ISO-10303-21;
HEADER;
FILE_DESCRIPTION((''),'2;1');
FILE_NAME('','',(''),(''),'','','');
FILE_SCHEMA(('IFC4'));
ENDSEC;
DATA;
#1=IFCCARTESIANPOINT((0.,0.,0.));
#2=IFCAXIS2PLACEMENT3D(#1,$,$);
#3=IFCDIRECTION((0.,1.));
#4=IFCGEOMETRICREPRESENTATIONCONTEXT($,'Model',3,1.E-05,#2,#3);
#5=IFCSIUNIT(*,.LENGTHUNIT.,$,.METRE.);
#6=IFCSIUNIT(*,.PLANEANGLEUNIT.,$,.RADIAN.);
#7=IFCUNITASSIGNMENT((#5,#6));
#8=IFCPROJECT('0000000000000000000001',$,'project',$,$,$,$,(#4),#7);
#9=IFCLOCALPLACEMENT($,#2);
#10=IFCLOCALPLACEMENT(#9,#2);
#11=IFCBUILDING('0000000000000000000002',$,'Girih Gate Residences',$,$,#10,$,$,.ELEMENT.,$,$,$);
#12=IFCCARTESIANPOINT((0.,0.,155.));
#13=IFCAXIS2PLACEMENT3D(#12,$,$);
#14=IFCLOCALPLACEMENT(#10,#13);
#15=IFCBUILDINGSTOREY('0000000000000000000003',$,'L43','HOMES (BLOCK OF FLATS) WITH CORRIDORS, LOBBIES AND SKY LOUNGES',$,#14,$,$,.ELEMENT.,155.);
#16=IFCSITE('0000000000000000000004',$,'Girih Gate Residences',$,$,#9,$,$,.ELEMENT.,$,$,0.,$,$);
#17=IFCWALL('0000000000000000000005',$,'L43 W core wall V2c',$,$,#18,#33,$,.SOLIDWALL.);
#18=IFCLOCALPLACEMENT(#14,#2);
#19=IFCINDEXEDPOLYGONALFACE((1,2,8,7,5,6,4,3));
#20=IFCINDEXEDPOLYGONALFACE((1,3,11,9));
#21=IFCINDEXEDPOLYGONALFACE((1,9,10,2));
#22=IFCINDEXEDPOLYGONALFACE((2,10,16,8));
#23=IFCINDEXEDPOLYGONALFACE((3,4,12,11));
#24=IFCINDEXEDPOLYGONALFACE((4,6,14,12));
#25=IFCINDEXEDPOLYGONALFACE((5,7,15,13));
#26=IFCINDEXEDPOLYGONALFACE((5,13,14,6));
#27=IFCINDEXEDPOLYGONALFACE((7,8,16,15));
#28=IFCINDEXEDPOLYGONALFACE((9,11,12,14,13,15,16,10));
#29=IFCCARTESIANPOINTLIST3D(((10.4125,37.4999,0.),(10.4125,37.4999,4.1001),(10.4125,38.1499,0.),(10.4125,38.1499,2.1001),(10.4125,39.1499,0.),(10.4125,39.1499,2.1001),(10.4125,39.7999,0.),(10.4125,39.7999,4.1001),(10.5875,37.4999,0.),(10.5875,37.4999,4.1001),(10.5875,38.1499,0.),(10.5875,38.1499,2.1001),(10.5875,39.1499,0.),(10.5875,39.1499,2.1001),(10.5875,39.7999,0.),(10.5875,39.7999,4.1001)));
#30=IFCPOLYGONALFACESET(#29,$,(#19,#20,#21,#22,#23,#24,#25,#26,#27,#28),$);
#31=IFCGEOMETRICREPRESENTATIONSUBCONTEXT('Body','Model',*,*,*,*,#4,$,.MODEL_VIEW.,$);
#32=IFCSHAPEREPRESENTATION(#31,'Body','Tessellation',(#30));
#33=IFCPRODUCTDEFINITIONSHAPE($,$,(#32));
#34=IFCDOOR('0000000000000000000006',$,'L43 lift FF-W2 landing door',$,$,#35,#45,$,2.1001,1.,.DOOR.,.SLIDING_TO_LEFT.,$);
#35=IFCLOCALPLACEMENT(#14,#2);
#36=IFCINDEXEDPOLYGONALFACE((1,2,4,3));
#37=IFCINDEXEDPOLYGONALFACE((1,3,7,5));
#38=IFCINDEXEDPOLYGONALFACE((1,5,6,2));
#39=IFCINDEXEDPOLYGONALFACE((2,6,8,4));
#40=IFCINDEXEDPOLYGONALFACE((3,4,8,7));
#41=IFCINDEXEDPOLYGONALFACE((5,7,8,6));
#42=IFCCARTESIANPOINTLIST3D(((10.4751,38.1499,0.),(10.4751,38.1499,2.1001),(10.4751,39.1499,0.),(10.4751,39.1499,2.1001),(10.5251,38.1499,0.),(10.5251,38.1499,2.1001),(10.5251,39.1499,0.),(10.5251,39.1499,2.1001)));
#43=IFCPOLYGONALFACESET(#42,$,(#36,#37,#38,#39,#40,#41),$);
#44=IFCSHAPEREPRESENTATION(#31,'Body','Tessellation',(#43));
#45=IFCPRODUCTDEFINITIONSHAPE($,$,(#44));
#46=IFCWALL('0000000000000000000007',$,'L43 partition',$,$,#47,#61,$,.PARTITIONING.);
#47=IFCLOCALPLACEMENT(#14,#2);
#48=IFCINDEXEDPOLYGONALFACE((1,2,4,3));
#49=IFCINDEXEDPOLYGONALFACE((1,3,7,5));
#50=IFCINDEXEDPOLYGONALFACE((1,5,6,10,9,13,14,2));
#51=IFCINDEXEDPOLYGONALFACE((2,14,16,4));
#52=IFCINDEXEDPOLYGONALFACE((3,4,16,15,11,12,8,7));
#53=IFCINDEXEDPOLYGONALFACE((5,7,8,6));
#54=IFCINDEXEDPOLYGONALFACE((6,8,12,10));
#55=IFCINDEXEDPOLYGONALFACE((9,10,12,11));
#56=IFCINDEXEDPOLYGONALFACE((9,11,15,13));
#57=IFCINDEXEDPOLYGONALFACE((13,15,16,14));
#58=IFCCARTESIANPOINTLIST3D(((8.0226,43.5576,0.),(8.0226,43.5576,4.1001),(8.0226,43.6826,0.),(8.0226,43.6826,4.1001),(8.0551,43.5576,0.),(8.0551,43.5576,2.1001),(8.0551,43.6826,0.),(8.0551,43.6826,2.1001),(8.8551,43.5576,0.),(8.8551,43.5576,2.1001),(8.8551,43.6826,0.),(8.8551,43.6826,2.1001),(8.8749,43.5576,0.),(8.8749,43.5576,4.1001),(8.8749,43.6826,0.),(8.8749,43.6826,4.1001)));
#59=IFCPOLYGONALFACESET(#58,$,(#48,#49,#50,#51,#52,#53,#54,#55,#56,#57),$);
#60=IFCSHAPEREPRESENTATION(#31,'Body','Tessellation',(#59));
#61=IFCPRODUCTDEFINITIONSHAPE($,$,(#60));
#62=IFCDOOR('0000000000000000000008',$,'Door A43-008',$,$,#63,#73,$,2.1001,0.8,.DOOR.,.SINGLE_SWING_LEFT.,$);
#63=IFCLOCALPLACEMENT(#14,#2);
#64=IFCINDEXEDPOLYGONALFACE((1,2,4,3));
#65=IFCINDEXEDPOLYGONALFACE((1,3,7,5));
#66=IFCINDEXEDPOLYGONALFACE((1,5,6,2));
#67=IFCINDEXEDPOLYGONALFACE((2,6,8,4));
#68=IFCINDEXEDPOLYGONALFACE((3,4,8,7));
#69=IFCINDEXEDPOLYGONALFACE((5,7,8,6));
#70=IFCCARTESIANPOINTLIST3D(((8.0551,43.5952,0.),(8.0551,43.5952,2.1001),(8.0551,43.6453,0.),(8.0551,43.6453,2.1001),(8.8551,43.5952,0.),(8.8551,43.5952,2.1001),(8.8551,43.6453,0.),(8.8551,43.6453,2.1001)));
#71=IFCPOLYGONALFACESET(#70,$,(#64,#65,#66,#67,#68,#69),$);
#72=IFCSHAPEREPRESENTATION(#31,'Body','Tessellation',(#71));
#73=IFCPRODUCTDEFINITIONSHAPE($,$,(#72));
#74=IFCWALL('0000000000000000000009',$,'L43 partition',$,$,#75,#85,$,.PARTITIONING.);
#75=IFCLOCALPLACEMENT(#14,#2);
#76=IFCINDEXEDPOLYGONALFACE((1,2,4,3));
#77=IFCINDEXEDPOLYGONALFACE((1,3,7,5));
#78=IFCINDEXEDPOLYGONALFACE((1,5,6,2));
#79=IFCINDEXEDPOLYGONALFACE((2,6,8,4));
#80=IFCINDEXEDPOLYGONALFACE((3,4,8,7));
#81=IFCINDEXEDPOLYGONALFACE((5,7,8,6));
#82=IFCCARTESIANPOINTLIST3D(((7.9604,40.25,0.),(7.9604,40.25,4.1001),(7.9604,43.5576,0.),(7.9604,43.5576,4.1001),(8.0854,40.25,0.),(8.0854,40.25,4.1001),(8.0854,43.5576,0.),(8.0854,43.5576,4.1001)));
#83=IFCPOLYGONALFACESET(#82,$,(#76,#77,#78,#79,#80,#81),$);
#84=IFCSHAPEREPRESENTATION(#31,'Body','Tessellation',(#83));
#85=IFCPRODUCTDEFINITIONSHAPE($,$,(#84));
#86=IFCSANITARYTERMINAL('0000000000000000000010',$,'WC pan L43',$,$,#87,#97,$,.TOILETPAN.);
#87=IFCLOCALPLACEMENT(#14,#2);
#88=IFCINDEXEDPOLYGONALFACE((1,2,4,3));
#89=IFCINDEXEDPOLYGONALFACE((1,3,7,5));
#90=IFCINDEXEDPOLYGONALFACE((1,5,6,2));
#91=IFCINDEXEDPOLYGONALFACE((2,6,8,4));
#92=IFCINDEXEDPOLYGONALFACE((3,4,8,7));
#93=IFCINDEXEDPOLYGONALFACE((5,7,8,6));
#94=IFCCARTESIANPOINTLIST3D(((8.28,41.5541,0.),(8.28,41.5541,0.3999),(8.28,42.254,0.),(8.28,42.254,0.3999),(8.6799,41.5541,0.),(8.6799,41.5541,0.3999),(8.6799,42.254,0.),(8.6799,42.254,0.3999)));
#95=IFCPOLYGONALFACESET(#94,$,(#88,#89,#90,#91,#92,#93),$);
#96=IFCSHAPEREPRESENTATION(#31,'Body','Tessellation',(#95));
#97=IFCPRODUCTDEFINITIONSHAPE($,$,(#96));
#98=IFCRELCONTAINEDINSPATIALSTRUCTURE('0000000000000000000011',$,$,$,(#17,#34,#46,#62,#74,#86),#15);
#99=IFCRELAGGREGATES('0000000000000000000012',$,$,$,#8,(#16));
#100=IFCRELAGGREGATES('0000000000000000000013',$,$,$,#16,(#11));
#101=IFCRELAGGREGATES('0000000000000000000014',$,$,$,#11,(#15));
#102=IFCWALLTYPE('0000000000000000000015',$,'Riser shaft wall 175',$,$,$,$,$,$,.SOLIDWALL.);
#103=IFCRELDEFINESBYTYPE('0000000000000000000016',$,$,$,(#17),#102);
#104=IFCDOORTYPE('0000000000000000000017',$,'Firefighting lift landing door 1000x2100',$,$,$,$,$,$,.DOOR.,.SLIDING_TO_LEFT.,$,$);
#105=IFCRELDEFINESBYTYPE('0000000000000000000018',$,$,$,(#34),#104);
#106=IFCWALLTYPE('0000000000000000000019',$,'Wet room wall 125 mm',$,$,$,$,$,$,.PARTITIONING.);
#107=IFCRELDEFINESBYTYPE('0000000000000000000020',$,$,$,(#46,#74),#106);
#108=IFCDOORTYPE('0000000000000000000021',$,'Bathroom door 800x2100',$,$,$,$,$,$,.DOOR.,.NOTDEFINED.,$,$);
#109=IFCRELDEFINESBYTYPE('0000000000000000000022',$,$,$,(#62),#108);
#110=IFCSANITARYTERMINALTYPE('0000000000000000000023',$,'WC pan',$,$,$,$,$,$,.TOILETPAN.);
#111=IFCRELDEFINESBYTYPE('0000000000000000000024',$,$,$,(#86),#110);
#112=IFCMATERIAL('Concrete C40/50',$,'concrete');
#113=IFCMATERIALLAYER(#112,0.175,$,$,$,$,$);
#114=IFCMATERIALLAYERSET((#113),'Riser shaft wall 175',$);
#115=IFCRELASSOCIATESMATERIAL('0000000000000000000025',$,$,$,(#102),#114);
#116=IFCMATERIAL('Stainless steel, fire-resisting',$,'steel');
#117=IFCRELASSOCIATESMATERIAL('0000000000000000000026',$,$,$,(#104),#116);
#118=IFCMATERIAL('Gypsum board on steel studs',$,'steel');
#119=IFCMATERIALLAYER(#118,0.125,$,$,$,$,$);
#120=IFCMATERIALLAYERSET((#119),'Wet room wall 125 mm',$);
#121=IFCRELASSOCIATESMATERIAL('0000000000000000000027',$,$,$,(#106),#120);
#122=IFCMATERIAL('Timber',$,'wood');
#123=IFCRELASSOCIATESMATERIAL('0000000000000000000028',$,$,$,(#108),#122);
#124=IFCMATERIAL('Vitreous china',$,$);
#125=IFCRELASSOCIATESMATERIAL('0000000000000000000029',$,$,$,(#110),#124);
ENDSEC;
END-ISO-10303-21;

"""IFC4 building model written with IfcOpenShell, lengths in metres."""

from ifc_helpers import new_model, si_unit, direction, frame, frame_2d, origin, origin_2d, place, context, subcontext, project, spatial, rectangle, extrude, material, layer, layer_set, type_object, element, fill, save


model = new_model("IFC4")

# Units and contexts
model_context = context("Model", 3, precision=1e-05, world=origin(), true_north=direction((0.0, 1.0)))
body_context = subcontext(model_context, "Body", "Model", "MODEL_VIEW")
ifc_project = project(units=[si_unit("LENGTHUNIT", "METRE"), si_unit("PLANEANGLEUNIT", "RADIAN")], contexts=[model_context])

# Site, building, storey
site_placement = place(None, origin())
site = spatial("IfcSite", under=ifc_project, at=site_placement, Name="Girih Gate Residences", CompositionType="ELEMENT", RefElevation=0.0)
building_placement = place(site_placement, origin())
building = spatial("IfcBuilding", under=site, at=building_placement, Name="Girih Gate Residences", CompositionType="ELEMENT")
storey_placement = place(building_placement, frame((0.0, 0.0, 155.0)))
storey = spatial("IfcBuildingStorey", under=building, at=storey_placement, Name="L43", Description="HOMES (BLOCK OF FLATS) WITH CORRIDORS, LOBBIES AND SKY LOUNGES", CompositionType="ELEMENT", Elevation=155.0)

# Shared definitions
ifc_material_1 = material(Name="Gypsum board on steel studs", Category="steel")

# Shared definitions
ifc_material_2 = material(Name="Timber", Category="wood")

# Shared definitions
ifc_material_3 = material(Name="Concrete C40/50", Category="concrete")
ifc_layer_1 = layer(ifc_material_3, 0.175)
ifc_layer_set_1 = layer_set([ifc_layer_1], Name="Riser shaft wall 175")
wall_type_1 = type_object("IfcWallType", Name="Riser shaft wall 175", PredefinedType="SOLIDWALL", material=ifc_layer_set_1)

# Walls, openings, doors
wall_1_placement = place(storey_placement, frame((10.5, 37.5, 0.0), z_axis=(0.0, 0.0, 1.0), x_axis=(0.0, 1.0, 0.0)))
wall_1 = element("IfcWall", 1, at=wall_1_placement, inside=storey, type_object=wall_type_1, Name="L43 W core wall V2c", PredefinedType="SOLIDWALL", context=body_context, shape_type="SweptSolid", body=[
    extrude(rectangle(XDim=2.3, YDim=0.175, at=frame_2d((1.1499, 0.0))), origin(), (0.0, 0.0, 1.0), 4.1001),
])
opening_1_placement = place(wall_1_placement, frame((0.6499, 0.0, 0.0)))
opening_1 = element("IfcOpeningElement", 2, at=opening_1_placement, cuts=wall_1, PredefinedType="OPENING", context=body_context, shape_type="SweptSolid", body=[
    extrude(rectangle(XDim=1.0, YDim=2.1001, at=frame_2d((0.5, 1.05))), frame((0.0, 0.0974, 0.0), z_axis=(0.0, -1.0, 0.0), x_axis=(1.0, 0.0, 0.0)), (0.0, 0.0, 1.0), 0.1951),
])
ifc_material_4 = material(Name="Stainless steel, fire-resisting", Category="steel")
door_type_1 = type_object("IfcDoorType", Name="Firefighting lift landing door 1000x2100", OperationType="SLIDING_TO_LEFT", PredefinedType="DOOR", material=ifc_material_4)
door_1_placement = place(opening_1_placement, origin())
door_1 = element("IfcDoor", 3, at=door_1_placement, inside=storey, type_object=door_type_1, Name="L43 lift FF-W2 landing door", OperationType="SLIDING_TO_LEFT", OverallHeight=2.1001, OverallWidth=1.0, PredefinedType="DOOR", context=body_context, shape_type="SweptSolid", body=[
    extrude(rectangle(XDim=1.0, YDim=2.1001, at=frame_2d((0.5, 1.05))), frame((0.0, 0.0249, 0.0), z_axis=(0.0, -1.0, 0.0), x_axis=(1.0, 0.0, 0.0)), (0.0, 0.0, 1.0), 0.05),
])
fill(opening_1, door_1)
ifc_layer_2 = layer(ifc_material_1, 0.125)
ifc_layer_set_2 = layer_set([ifc_layer_2], Name="Wet room wall 125 mm")
wall_type_2 = type_object("IfcWallType", Name="Wet room wall 125 mm", PredefinedType="PARTITIONING", material=ifc_layer_set_2)
wall_2_placement = place(storey_placement, frame((8.875, 43.6201, 0.0), z_axis=(0.0, 0.0, 1.0), x_axis=(-1.0, 0.0, 0.0)))
wall_2 = element("IfcWall", 4, at=wall_2_placement, inside=storey, type_object=wall_type_2, Name="L43 partition", PredefinedType="PARTITIONING", context=body_context, shape_type="SweptSolid", body=[
    extrude(rectangle(XDim=0.8523, YDim=0.125, at=frame_2d((0.4263, 0.0))), origin(), (0.0, 0.0, 1.0), 4.1001),
])
opening_2_placement = place(wall_2_placement, frame((0.02, 0.0, 0.0)))
opening_2 = element("IfcOpeningElement", 5, at=opening_2_placement, cuts=wall_2, PredefinedType="OPENING", context=body_context, shape_type="SweptSolid", body=[
    extrude(rectangle(XDim=0.8, YDim=2.1001, at=frame_2d((0.3999, 1.05))), frame((0.0, 0.0725, 0.0), z_axis=(0.0, -1.0, 0.0), x_axis=(1.0, 0.0, 0.0)), (0.0, 0.0, 1.0), 0.145),
])
door_type_2 = type_object("IfcDoorType", Name="Bathroom door 800x2100", OperationType="NOTDEFINED", PredefinedType="DOOR", material=ifc_material_2)
door_2_placement = place(opening_2_placement, origin())
door_2 = element("IfcDoor", 6, at=door_2_placement, inside=storey, type_object=door_type_2, Name="Door A43-008", OperationType="SINGLE_SWING_LEFT", OverallHeight=2.1001, OverallWidth=0.8, PredefinedType="DOOR", context=body_context, shape_type="SweptSolid", body=[
    extrude(rectangle(XDim=0.8, YDim=2.1001, at=frame_2d((0.3999, 1.05))), frame((0.0, 0.0249, 0.0), z_axis=(0.0, -1.0, 0.0), x_axis=(1.0, 0.0, 0.0)), (0.0, 0.0, 1.0), 0.05),
])
fill(opening_2, door_2)

# Wall
wall_3_placement = place(storey_placement, frame((8.0229, 40.25, 0.0), z_axis=(0.0, 0.0, 1.0), x_axis=(0.0, 1.0, 0.0)))
element("IfcWall", 7, at=wall_3_placement, inside=storey, type_object=wall_type_2, Name="L43 partition", PredefinedType="PARTITIONING", context=body_context, shape_type="SweptSolid", body=[
    extrude(rectangle(XDim=3.3076, YDim=0.125, at=frame_2d((1.6538, 0.0))), origin(), (0.0, 0.0, 1.0), 4.1001),
])

# Sanitary terminal
ifc_material_5 = material(Name="Vitreous china")
sanitary_terminal_type = type_object("IfcSanitaryTerminalType", Name="WC pan", PredefinedType="TOILETPAN", material=ifc_material_5)
sanitary_terminal_placement = place(storey_placement, frame((8.48, 41.9041, 0.0), z_axis=(0.0, 0.0, 1.0), x_axis=(1.0, 0.0, 0.0)))
element("IfcSanitaryTerminal", 8, at=sanitary_terminal_placement, inside=storey, type_object=sanitary_terminal_type, Name="WC pan L43", PredefinedType="TOILETPAN", context=body_context, shape_type="SweptSolid", body=[
    extrude(rectangle(XDim=0.3999, YDim=0.7, at=origin_2d()), origin(), (0.0, 0.0, 1.0), 0.3999),
])

save(model, "model.ifc")
